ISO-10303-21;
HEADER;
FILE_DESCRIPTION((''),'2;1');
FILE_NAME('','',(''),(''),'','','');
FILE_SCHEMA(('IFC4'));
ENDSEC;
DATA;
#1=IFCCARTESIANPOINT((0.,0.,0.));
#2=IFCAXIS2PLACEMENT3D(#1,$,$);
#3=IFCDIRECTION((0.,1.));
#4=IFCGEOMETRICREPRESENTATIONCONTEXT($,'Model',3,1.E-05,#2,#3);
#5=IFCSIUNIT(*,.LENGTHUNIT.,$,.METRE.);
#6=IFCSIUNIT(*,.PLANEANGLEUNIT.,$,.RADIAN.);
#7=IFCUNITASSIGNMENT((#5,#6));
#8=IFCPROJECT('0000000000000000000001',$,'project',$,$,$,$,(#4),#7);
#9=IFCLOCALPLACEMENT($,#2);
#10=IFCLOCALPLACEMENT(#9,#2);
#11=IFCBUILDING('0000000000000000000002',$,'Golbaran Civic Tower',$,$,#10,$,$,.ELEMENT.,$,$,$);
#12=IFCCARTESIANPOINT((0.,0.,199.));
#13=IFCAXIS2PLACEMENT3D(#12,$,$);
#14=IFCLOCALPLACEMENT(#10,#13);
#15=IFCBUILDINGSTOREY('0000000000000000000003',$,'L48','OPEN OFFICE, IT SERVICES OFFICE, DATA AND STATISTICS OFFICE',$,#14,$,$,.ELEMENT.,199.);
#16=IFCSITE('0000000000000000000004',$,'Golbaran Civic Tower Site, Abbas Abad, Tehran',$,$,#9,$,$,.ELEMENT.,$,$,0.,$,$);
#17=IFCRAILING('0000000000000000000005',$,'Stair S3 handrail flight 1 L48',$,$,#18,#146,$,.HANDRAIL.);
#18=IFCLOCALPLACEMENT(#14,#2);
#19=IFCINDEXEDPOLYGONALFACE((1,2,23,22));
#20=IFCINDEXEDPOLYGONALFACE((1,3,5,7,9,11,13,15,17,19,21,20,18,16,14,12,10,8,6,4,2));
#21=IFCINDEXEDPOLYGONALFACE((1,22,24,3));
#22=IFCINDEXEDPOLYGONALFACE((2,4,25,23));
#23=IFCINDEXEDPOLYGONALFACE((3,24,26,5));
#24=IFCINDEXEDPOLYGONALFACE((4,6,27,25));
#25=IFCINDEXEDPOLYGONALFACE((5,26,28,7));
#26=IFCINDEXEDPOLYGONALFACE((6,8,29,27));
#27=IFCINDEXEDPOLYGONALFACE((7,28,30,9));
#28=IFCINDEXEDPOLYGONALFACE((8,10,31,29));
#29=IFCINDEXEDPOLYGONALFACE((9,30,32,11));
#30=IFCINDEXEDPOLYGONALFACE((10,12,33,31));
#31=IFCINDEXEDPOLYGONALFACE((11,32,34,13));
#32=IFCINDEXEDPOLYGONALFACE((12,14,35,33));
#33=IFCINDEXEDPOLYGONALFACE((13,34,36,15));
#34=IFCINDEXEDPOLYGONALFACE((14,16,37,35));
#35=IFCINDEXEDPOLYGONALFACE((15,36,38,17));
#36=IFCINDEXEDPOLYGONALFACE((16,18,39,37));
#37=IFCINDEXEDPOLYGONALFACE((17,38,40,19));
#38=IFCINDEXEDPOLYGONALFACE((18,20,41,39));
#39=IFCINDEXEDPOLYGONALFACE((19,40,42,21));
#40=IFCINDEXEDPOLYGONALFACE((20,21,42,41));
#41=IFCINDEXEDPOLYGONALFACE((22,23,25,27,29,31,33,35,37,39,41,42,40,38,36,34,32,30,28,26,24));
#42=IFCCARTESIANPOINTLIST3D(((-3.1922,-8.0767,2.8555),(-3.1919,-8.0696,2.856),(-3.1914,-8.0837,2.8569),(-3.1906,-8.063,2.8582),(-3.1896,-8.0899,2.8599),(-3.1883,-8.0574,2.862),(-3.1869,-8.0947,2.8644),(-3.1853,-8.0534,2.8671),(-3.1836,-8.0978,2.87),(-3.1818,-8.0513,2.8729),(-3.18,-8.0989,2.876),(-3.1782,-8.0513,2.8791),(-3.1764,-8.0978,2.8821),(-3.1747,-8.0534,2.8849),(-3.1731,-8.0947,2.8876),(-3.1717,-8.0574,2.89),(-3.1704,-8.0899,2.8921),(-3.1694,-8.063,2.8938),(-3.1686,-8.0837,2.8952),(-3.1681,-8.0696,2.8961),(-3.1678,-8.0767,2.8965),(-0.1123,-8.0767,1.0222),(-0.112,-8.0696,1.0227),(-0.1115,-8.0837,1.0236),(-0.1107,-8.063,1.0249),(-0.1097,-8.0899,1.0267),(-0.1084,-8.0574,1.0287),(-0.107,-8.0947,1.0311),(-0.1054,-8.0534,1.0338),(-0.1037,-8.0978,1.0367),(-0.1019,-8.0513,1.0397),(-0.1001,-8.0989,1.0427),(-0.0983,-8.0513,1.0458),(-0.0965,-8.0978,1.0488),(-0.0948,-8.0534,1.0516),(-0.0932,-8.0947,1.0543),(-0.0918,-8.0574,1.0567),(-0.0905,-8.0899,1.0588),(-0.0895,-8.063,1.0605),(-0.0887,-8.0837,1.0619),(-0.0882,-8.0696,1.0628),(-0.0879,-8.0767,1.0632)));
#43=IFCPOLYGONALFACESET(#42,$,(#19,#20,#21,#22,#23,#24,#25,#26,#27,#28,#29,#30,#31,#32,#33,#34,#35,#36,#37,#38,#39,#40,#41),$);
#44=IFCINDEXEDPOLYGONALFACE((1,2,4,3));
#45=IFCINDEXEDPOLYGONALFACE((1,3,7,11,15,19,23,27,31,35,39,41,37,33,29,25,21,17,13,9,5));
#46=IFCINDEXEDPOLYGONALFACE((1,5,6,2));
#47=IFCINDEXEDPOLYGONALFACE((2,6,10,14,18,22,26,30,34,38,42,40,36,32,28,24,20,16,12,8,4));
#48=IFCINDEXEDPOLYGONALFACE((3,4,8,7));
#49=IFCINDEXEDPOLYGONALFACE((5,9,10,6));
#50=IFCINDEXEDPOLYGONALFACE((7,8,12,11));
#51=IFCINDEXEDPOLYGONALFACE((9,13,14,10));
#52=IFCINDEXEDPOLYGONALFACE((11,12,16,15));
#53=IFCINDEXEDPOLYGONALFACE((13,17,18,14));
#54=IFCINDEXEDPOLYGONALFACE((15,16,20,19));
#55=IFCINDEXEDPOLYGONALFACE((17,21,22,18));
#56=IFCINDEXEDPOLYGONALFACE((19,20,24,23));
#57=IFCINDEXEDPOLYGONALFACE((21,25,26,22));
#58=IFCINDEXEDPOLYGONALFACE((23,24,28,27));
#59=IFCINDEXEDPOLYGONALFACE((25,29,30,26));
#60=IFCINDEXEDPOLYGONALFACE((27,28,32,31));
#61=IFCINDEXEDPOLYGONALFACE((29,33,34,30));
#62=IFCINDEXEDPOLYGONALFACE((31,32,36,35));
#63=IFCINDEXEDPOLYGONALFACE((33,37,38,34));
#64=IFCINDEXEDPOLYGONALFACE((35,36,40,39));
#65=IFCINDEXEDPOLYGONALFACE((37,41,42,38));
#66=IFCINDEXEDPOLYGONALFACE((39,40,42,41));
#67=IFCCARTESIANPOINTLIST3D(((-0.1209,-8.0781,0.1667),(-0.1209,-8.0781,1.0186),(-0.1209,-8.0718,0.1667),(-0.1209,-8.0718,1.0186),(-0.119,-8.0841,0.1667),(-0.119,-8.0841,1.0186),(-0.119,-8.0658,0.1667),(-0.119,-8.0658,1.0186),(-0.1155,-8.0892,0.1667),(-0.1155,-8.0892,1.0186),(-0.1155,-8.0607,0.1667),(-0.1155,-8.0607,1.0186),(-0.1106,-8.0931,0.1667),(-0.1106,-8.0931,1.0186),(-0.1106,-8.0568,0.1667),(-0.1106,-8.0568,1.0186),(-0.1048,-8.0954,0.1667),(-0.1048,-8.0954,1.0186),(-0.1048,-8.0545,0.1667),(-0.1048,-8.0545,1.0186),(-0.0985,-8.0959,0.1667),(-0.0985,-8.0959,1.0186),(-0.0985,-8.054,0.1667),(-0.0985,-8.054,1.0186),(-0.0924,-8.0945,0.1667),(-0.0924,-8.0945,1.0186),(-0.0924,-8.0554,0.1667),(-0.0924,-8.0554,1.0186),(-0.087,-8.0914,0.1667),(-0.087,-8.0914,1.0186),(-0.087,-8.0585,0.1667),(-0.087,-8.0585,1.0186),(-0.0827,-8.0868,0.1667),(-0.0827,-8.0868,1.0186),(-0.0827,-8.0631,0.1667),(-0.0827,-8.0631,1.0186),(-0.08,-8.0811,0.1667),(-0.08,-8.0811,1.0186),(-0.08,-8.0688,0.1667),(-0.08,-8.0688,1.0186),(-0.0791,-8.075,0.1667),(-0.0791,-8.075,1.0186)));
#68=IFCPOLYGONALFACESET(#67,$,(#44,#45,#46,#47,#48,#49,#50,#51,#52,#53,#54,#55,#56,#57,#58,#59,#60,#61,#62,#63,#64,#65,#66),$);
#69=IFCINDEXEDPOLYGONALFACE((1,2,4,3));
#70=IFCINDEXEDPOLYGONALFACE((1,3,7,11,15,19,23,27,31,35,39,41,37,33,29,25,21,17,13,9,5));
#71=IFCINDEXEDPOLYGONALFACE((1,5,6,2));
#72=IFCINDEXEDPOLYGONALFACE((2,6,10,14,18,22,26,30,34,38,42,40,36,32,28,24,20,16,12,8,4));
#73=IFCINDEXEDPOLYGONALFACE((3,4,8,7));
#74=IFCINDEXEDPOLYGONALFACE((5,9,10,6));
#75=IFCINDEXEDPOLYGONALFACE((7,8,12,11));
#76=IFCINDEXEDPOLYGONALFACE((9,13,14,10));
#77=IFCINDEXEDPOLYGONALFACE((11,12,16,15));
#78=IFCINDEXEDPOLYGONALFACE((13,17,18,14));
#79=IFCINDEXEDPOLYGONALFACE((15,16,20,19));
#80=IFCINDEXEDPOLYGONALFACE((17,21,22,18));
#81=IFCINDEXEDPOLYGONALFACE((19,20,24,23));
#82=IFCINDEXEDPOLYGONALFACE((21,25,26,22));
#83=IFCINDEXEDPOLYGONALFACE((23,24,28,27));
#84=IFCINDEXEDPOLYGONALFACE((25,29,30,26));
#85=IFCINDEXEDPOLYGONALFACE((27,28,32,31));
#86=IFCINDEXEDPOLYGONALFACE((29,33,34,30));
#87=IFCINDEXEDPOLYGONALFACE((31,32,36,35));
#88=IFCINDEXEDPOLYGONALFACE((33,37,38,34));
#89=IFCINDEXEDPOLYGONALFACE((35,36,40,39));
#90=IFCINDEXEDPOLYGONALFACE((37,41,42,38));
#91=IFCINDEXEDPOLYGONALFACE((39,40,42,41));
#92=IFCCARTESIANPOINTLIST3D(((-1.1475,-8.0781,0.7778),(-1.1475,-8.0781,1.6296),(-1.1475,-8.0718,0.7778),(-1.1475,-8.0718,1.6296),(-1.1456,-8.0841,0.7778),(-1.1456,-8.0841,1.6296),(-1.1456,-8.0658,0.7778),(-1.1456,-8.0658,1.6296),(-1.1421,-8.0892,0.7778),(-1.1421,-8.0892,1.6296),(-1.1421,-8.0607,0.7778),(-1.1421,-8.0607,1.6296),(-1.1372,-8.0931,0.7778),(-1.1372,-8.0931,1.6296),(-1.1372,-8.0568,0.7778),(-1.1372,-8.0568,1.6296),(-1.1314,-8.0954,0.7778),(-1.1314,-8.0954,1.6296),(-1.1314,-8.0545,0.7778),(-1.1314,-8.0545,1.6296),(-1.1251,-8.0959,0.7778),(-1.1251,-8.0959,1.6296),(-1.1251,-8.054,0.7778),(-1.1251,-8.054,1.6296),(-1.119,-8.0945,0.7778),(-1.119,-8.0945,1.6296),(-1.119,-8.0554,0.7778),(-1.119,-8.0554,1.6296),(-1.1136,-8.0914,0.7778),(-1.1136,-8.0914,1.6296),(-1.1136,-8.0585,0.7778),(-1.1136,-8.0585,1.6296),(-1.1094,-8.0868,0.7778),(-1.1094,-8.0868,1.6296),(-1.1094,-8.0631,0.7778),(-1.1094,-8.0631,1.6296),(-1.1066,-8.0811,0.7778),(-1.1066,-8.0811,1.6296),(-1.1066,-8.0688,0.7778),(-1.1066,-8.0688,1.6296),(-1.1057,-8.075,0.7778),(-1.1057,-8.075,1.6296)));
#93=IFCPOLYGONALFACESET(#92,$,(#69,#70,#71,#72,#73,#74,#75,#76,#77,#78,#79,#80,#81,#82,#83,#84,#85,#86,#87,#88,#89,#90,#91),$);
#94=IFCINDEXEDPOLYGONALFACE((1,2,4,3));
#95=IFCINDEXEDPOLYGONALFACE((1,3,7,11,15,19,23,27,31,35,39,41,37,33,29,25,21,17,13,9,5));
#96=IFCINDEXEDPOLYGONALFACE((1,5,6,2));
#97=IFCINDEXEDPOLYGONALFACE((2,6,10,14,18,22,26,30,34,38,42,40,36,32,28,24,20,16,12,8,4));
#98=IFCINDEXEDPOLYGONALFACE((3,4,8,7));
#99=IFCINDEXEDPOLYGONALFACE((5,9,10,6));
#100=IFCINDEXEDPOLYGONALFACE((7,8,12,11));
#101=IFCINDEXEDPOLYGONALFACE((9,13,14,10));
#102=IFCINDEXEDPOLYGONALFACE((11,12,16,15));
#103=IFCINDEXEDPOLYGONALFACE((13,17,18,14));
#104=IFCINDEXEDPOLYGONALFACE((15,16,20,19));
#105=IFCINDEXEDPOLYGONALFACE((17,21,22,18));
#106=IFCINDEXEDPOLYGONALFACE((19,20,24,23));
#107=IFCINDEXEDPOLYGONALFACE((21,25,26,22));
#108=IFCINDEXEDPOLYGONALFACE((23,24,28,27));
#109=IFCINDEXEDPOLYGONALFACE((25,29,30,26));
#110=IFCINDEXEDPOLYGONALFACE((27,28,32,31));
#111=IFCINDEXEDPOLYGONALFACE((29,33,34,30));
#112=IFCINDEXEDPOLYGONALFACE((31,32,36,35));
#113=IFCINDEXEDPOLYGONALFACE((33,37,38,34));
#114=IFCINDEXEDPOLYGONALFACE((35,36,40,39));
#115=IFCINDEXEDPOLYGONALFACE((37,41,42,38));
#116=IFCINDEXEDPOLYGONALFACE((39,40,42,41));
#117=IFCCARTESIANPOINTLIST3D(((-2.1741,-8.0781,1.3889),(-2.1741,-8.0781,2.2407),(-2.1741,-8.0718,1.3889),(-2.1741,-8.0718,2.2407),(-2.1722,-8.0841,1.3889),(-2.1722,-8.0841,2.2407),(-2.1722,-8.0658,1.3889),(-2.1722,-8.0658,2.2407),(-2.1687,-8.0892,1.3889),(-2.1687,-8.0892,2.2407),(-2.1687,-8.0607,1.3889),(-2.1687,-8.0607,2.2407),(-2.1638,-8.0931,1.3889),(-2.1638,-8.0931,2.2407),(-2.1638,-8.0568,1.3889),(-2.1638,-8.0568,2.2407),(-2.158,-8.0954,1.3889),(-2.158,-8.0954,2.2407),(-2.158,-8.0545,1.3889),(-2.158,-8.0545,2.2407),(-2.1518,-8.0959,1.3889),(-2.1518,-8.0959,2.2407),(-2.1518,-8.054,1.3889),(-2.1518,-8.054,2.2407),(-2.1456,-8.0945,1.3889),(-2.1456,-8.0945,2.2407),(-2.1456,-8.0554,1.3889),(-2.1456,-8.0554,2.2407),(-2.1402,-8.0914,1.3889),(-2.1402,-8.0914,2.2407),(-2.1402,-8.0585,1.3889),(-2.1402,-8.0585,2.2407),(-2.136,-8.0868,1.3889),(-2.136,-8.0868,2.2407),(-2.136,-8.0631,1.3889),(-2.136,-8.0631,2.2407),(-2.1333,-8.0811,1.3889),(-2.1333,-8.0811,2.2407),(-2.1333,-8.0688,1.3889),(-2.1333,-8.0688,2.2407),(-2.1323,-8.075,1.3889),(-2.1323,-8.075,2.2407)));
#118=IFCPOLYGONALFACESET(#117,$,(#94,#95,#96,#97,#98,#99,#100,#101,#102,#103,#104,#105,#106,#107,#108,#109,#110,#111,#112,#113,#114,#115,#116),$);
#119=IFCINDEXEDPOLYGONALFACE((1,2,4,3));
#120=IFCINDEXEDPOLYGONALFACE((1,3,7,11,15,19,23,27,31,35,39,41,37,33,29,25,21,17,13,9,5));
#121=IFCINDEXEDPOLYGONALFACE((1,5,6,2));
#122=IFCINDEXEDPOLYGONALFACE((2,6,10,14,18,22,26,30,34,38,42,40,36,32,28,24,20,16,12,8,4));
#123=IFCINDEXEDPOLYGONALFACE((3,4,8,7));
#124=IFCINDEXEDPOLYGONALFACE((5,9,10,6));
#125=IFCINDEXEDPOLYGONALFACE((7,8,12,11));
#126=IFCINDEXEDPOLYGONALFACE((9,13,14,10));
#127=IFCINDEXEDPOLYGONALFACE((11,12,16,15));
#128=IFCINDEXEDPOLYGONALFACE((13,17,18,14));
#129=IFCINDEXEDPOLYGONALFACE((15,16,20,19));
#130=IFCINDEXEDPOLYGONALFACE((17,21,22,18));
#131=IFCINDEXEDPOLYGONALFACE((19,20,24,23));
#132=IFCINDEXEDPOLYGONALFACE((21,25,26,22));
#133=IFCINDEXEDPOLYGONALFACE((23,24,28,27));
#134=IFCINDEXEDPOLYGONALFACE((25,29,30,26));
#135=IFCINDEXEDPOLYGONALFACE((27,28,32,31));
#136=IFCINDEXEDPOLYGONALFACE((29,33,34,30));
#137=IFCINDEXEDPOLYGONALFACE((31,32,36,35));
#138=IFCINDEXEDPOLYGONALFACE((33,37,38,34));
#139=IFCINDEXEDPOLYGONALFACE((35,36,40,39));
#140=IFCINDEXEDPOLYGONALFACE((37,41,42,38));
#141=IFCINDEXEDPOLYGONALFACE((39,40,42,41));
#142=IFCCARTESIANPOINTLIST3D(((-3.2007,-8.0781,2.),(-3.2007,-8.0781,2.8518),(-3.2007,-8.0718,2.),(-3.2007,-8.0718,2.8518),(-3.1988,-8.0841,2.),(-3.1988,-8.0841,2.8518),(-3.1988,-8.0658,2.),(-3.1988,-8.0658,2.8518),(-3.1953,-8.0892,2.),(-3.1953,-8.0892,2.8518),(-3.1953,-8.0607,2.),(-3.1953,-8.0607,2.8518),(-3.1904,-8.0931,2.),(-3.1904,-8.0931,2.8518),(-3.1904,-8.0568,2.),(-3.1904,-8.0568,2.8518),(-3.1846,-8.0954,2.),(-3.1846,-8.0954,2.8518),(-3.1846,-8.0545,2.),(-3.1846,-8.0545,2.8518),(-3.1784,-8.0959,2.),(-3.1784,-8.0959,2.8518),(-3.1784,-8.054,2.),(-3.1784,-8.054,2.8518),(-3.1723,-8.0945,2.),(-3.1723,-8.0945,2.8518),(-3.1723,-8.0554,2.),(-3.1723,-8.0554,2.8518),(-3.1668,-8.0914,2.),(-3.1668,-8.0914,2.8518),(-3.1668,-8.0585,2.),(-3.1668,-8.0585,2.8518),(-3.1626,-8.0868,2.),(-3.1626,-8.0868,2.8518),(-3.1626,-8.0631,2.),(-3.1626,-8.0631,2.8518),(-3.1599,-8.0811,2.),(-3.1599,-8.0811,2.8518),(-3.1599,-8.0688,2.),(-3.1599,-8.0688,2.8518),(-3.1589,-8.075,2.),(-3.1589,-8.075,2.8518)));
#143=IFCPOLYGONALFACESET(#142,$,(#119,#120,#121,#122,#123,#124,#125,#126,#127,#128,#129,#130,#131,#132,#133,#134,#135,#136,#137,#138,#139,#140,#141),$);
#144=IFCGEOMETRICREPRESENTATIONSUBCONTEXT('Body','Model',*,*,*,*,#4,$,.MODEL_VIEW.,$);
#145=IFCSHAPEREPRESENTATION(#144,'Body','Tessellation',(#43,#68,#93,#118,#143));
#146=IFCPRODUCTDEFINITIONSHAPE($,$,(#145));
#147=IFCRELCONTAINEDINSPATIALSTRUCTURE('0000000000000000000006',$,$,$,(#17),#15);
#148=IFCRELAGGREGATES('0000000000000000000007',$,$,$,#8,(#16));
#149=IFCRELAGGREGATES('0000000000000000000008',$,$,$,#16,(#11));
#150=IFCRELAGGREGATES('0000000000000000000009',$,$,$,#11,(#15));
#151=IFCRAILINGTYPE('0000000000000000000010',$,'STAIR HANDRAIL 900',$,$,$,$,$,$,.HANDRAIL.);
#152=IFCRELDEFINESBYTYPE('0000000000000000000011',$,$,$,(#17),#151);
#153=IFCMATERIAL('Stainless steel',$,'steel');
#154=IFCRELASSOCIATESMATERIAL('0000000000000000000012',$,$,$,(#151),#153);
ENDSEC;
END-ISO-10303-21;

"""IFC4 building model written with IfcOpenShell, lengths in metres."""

from ifc_helpers import new_model, si_unit, direction, frame, origin, origin_2d, place, context, subcontext, project, spatial, circle, extrude, material, type_object, element, save


model = new_model("IFC4")

# Units and contexts
model_context = context("Model", 3, precision=1e-05, world=origin(), true_north=direction((0.0, 1.0)))
body_context = subcontext(model_context, "Body", "Model", "MODEL_VIEW")
ifc_project = project(units=[si_unit("LENGTHUNIT", "METRE"), si_unit("PLANEANGLEUNIT", "RADIAN")], contexts=[model_context])

# Site, building, storey
site_placement = place(None, origin())
site = spatial("IfcSite", under=ifc_project, at=site_placement, Name="Golbaran Civic Tower Site, Abbas Abad, Tehran", CompositionType="ELEMENT", RefElevation=0.0)
building_placement = place(site_placement, origin())
building = spatial("IfcBuilding", under=site, at=building_placement, Name="Golbaran Civic Tower", CompositionType="ELEMENT")
storey_placement = place(building_placement, frame((0.0, 0.0, 199.0)))
storey = spatial("IfcBuildingStorey", under=building, at=storey_placement, Name="L48", Description="OPEN OFFICE, IT SERVICES OFFICE, DATA AND STATISTICS OFFICE", CompositionType="ELEMENT", Elevation=199.0)

# Shared definitions
ifc_material_1 = material(Name="Stainless steel", Category="steel")

# Railing
railing_type = type_object("IfcRailingType", Name="STAIR HANDRAIL 900", PredefinedType="HANDRAIL", material=ifc_material_1)
railing_1_placement = place(storey_placement, frame((-0.1001, -8.075, 0.1667)))
element("IfcRailing", 1, at=railing_1_placement, inside=storey, type_object=railing_type, Name="Stair S3 handrail flight 1 L48", PredefinedType="HANDRAIL", context=body_context, shape_type="SweptSolid", body=[
    extrude(circle(Radius=0.0239, at=origin_2d()), frame((0.0, 0.0, 0.876), z_axis=(-0.859291, 0.0, 0.511487), x_axis=(0.0, -1.0, 0.0)), (0.0, 0.0, 1.0), 3.5842),
    extrude(circle(Radius=0.021, at=origin_2d()), origin(), (0.0, 0.0, 1.0), 0.8518),
    extrude(circle(Radius=0.021, at=origin_2d()), frame((-1.0266, 0.0, 0.6111)), (0.0, 0.0, 1.0), 0.8518),
    extrude(circle(Radius=0.021, at=origin_2d()), frame((-2.0532, 0.0, 1.2222)), (0.0, 0.0, 1.0), 0.8518),
    extrude(circle(Radius=0.021, at=origin_2d()), frame((-3.0798, 0.0, 1.8333)), (0.0, 0.0, 1.0), 0.8518),
])

save(model, "model.ifc")
